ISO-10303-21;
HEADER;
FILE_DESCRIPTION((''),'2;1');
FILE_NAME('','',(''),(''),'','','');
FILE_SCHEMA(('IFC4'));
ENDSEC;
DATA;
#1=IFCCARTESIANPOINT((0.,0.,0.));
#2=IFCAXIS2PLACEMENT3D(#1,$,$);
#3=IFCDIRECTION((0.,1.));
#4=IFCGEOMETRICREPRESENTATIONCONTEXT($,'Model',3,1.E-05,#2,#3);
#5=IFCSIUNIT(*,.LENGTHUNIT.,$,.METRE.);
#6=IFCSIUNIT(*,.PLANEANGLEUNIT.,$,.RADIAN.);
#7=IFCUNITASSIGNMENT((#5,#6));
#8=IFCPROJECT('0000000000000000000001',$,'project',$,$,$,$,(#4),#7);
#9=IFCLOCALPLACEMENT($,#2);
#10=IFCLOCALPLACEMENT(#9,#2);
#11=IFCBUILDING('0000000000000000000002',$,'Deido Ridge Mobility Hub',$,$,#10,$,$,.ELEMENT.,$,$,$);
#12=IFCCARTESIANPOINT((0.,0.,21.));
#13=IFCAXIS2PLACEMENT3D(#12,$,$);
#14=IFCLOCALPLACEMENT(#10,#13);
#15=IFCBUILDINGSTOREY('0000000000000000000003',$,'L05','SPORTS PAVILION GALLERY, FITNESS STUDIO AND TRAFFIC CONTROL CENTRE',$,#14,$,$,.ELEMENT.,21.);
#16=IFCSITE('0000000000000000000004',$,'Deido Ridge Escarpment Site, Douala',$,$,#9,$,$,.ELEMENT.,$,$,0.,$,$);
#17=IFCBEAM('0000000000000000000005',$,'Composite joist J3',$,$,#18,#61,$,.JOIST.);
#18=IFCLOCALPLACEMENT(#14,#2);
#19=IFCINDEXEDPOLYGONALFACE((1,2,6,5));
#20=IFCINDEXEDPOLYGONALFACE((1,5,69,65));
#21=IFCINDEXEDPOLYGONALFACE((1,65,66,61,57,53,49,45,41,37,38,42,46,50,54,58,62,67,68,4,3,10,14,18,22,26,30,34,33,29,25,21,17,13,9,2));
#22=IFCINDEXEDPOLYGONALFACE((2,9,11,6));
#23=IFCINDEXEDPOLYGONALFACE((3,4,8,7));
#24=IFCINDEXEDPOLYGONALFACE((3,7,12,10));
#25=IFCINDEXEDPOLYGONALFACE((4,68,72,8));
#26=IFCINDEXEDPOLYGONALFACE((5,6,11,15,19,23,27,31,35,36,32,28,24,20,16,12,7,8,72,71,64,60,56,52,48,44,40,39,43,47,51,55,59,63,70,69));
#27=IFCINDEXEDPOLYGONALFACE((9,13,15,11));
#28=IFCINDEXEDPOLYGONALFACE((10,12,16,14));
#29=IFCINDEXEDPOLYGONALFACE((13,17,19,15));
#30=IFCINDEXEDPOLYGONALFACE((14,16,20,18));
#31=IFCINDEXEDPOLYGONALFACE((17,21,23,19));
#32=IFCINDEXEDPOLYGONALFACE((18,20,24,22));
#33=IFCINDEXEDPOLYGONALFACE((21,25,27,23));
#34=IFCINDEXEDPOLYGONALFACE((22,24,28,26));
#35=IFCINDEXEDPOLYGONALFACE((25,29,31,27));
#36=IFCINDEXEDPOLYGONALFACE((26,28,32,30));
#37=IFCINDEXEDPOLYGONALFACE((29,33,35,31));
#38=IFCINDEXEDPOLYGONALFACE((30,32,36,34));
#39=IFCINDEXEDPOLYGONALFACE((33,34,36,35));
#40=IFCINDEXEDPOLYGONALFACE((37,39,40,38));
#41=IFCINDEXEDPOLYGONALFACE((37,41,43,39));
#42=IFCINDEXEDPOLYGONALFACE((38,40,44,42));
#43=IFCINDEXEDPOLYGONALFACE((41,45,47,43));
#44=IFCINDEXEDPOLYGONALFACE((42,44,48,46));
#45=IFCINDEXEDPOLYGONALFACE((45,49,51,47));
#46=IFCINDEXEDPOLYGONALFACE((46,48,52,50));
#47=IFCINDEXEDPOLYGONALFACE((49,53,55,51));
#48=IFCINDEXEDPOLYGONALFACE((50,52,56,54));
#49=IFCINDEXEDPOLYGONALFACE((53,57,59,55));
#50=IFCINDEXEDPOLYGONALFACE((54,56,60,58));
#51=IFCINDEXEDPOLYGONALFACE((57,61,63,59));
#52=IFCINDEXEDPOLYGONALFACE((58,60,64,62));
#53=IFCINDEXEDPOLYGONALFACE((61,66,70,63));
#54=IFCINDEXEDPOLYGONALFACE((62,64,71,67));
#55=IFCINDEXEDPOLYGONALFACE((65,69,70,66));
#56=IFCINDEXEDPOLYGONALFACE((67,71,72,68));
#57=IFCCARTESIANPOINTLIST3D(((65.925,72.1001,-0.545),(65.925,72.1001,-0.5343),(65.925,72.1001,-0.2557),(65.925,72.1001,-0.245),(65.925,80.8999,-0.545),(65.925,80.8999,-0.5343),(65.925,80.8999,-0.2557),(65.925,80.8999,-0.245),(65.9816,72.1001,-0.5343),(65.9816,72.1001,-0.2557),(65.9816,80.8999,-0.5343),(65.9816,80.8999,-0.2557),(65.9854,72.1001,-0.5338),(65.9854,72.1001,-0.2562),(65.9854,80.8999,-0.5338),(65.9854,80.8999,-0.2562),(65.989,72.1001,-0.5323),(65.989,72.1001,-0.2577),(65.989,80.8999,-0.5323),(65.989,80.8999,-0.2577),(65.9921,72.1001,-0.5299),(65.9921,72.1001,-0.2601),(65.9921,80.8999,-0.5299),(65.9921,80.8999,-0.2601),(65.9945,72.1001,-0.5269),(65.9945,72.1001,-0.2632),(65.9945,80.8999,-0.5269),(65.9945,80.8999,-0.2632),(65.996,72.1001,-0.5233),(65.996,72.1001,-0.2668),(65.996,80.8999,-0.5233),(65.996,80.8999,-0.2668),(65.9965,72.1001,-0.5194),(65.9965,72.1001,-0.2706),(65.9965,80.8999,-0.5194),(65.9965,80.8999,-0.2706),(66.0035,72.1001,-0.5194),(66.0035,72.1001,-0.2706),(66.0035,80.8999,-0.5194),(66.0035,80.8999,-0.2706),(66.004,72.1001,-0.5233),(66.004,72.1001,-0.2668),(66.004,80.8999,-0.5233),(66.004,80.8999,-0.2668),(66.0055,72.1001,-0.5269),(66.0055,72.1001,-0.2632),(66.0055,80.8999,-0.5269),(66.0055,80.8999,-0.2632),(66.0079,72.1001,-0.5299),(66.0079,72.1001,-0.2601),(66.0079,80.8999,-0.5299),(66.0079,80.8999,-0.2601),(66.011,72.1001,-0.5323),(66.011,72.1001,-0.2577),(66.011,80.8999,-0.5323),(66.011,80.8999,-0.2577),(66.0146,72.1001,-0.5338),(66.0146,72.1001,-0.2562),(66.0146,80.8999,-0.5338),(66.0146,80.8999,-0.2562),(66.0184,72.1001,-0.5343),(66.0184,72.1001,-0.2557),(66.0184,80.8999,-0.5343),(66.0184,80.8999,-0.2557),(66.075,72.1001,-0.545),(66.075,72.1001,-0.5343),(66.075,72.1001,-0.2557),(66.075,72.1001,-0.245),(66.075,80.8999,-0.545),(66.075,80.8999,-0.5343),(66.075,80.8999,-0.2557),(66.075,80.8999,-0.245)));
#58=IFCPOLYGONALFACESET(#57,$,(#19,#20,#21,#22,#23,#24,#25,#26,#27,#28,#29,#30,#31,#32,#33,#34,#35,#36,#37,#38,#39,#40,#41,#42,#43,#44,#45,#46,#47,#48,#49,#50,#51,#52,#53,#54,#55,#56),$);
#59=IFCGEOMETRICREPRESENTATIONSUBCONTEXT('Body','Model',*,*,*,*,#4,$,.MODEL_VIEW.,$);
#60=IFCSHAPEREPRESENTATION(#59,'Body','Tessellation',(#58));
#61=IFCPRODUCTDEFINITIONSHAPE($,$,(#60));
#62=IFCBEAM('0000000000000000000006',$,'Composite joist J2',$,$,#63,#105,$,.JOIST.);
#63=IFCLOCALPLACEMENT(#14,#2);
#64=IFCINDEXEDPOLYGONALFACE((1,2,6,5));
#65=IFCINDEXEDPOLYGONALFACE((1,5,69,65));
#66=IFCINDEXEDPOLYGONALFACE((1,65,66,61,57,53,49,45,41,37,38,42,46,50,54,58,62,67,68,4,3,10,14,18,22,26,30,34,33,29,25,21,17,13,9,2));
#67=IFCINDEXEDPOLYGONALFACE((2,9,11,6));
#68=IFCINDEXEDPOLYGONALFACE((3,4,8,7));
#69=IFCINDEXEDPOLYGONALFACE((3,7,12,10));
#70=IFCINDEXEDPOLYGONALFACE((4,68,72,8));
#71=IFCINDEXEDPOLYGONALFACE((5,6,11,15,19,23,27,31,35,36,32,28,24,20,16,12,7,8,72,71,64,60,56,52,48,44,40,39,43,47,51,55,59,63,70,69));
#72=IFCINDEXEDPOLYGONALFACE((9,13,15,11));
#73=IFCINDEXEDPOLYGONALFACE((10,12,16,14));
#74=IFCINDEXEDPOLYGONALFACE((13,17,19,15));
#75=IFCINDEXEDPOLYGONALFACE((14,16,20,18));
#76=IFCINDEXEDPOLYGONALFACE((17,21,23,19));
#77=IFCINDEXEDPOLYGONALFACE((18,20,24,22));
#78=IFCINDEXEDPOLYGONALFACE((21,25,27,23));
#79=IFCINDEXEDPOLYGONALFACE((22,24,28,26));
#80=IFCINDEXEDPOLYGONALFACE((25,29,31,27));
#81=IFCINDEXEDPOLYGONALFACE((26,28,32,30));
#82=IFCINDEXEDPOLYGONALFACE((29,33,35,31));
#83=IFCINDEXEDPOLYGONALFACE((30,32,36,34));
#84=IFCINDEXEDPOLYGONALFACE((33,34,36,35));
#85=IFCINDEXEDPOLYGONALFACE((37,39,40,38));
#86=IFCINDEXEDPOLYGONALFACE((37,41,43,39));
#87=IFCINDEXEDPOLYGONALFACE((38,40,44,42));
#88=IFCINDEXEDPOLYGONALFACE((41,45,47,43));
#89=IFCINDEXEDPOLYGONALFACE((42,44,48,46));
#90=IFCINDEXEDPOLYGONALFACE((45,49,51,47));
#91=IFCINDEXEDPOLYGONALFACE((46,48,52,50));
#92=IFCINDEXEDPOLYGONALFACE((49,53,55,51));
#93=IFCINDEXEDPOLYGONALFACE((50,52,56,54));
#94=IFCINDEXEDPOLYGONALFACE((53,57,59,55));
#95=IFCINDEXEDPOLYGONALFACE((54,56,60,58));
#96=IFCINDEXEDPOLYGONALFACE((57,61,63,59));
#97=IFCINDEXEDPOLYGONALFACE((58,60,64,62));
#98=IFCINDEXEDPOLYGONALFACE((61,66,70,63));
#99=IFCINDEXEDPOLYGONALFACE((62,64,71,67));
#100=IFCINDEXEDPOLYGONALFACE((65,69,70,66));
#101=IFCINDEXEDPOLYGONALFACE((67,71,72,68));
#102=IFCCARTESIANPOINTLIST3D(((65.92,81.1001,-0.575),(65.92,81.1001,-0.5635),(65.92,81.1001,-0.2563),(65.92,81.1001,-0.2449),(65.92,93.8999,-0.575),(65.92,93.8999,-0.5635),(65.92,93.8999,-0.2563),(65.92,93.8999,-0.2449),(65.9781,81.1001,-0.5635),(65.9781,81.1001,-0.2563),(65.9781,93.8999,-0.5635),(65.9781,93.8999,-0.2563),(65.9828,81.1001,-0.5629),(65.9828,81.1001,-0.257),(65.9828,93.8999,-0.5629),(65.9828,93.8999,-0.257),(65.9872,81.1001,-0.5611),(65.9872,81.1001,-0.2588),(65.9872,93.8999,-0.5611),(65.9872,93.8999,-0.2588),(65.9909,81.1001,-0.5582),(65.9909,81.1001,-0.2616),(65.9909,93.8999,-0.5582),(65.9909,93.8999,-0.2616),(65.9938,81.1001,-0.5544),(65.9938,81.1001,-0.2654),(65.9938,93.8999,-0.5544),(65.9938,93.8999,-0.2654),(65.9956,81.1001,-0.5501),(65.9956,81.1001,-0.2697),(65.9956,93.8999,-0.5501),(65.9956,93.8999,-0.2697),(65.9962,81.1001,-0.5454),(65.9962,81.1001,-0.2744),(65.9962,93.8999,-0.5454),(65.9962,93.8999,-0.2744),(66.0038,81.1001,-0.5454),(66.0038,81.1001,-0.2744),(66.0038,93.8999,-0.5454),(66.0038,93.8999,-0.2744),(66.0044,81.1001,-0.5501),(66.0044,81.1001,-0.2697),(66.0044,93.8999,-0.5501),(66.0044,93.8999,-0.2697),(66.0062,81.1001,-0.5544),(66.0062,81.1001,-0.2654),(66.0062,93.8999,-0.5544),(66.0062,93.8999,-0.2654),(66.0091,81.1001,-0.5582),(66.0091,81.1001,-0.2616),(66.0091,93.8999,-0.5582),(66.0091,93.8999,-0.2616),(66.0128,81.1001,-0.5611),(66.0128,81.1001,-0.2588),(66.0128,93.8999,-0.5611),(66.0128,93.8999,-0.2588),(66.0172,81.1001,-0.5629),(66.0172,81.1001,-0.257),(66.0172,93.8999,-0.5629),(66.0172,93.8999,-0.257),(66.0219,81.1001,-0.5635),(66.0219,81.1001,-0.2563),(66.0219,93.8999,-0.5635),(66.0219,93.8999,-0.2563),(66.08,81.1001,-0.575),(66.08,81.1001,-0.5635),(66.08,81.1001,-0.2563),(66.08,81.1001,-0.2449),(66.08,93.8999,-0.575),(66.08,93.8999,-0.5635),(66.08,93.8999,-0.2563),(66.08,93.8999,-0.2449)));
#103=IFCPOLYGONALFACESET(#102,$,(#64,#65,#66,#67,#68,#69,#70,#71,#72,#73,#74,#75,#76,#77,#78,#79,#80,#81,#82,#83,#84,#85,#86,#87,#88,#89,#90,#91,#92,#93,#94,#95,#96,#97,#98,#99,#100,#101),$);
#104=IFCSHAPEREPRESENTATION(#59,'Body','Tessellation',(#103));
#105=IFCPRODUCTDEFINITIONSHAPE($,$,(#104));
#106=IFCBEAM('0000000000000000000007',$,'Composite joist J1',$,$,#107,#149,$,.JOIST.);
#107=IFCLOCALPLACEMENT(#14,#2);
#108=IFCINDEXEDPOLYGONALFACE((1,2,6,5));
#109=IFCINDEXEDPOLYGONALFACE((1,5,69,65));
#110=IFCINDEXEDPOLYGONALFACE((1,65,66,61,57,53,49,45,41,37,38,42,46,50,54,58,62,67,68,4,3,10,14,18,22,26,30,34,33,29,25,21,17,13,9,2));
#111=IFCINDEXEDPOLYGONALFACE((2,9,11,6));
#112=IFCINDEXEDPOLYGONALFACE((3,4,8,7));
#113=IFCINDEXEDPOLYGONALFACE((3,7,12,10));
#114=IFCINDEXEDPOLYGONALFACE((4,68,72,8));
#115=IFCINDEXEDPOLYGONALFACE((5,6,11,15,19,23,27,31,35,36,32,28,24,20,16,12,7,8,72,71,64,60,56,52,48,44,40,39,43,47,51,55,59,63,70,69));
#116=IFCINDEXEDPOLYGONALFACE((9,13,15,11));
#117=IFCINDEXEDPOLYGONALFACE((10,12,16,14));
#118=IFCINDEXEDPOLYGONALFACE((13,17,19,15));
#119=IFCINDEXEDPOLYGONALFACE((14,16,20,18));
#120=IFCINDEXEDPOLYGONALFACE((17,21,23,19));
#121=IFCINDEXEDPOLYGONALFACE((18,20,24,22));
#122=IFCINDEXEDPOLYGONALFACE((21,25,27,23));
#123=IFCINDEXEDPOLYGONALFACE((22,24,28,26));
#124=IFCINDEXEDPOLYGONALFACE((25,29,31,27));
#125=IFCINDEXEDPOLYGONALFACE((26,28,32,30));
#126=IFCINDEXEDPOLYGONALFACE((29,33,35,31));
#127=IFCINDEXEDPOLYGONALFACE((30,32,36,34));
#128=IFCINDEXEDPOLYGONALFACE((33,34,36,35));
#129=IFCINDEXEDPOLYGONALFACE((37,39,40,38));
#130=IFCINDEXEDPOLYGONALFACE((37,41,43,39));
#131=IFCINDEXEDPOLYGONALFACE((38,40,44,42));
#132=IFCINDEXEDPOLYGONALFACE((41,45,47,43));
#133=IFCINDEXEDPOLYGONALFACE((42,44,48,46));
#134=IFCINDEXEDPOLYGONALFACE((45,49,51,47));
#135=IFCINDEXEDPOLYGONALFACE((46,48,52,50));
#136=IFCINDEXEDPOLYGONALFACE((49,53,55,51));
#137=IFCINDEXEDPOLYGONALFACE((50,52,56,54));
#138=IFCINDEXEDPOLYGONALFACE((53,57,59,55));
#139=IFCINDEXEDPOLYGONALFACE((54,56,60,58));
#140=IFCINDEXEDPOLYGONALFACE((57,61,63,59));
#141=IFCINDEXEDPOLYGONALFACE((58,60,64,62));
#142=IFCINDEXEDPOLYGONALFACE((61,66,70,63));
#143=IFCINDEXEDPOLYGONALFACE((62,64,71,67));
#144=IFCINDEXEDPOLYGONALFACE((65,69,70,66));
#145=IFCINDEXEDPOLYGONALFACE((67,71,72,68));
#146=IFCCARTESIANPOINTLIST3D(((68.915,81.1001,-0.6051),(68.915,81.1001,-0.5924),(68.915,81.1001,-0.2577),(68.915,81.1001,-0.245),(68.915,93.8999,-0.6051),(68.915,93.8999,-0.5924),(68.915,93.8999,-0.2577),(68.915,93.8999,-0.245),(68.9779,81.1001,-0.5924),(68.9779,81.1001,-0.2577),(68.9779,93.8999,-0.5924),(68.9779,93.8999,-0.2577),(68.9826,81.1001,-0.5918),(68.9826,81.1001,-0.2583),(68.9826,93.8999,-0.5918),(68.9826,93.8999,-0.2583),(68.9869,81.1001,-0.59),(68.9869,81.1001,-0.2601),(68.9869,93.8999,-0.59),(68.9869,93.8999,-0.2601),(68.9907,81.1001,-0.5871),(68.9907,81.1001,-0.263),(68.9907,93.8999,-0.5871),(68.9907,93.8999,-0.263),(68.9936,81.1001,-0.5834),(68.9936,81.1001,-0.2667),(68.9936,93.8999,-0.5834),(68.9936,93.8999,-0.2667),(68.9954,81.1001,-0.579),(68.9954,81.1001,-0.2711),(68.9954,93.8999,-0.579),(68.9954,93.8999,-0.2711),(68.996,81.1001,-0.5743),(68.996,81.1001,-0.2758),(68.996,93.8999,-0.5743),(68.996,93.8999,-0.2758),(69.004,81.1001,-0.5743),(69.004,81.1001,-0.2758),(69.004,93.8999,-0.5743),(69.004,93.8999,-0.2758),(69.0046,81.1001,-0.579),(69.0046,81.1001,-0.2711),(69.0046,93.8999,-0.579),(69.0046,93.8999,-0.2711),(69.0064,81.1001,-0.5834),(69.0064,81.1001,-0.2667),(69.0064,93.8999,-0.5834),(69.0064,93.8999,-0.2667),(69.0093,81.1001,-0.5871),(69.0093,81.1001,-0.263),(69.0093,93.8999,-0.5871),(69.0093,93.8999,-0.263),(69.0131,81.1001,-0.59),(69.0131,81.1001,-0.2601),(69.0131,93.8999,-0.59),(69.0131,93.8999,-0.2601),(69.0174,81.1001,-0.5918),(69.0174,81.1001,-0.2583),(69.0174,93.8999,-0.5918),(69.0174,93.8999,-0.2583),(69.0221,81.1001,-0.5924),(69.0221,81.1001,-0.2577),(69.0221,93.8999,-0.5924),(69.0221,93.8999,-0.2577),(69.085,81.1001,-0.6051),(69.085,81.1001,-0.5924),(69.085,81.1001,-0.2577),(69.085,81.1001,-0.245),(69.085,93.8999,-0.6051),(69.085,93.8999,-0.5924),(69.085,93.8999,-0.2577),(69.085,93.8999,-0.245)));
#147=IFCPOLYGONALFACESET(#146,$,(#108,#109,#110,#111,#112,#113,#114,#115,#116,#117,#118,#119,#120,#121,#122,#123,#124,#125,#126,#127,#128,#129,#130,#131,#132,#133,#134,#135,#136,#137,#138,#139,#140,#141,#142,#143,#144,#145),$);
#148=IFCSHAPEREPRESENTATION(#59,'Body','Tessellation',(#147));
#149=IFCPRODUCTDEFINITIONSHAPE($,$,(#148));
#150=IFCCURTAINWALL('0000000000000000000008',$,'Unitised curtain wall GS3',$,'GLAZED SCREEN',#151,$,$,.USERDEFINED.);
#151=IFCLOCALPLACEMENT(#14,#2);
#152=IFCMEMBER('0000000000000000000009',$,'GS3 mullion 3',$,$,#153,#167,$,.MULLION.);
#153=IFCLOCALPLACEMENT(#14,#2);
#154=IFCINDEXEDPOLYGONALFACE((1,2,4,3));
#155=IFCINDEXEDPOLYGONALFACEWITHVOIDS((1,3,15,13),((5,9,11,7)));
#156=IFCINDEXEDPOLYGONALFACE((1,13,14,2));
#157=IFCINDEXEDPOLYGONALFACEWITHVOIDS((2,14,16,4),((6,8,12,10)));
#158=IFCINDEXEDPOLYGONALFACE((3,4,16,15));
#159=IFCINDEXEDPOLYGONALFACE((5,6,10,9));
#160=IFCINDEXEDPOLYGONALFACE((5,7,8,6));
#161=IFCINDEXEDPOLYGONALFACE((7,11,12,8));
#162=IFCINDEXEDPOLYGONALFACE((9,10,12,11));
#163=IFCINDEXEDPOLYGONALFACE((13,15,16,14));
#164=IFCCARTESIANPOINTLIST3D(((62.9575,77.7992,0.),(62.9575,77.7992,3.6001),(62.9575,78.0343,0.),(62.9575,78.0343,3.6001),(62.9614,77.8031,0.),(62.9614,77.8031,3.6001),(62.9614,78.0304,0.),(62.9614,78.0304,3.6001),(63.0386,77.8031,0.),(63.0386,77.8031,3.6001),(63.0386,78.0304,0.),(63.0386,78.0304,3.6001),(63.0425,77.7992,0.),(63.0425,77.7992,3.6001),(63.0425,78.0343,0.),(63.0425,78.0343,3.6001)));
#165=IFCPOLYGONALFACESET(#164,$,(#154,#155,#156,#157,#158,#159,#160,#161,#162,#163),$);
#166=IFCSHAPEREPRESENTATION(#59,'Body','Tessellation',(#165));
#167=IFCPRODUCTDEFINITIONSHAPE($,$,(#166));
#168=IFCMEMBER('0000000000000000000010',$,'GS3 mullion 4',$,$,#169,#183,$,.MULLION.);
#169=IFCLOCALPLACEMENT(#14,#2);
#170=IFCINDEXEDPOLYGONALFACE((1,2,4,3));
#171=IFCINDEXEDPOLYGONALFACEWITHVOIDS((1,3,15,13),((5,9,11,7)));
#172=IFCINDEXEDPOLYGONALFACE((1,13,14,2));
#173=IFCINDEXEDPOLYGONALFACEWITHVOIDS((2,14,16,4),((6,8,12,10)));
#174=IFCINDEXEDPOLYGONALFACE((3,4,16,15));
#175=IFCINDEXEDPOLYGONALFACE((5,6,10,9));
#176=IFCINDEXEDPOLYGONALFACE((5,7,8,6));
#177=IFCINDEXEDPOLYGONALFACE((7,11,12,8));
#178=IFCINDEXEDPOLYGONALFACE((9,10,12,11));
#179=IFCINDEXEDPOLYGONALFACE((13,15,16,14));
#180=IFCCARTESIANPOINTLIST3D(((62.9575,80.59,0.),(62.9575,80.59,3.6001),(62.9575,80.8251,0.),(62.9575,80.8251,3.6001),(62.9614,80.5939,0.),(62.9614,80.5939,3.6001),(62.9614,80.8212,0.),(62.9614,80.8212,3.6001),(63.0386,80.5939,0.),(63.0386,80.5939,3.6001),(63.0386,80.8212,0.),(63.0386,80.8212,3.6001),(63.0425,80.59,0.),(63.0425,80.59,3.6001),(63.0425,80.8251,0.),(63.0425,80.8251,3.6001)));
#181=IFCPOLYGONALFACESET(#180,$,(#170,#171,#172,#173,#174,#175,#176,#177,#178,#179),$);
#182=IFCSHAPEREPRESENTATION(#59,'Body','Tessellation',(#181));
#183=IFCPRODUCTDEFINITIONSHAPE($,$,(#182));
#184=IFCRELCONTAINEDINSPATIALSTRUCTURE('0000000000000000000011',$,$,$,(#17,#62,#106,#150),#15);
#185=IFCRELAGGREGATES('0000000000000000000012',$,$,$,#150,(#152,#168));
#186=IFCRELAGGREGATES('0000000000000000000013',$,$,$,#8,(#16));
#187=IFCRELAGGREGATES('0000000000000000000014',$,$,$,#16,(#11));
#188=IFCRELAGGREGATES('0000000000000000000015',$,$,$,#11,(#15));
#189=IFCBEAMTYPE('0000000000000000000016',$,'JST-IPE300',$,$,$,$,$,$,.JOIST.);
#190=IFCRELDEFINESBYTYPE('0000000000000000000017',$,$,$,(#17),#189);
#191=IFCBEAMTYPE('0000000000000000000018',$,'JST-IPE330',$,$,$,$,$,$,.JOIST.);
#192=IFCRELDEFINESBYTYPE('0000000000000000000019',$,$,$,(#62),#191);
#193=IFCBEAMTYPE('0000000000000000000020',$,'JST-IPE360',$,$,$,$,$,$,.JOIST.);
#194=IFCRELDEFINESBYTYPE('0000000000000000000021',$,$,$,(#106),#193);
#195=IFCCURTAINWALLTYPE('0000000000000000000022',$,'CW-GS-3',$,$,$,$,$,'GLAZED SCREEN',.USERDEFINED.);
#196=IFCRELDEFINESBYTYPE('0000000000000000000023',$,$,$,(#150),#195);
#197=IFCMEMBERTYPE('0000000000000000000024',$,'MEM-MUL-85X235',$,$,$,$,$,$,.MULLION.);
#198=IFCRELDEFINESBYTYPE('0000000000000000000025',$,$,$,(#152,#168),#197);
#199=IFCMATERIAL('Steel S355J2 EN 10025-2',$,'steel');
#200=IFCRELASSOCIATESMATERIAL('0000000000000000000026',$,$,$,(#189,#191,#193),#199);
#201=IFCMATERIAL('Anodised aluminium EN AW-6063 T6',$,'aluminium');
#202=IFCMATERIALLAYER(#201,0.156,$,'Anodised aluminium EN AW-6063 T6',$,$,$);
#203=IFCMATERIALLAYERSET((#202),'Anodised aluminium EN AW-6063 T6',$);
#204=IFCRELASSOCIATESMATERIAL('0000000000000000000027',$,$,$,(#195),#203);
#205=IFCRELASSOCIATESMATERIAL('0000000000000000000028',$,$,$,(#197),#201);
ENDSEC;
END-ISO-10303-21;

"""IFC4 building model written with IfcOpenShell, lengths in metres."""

from ifc_helpers import new_model, si_unit, direction, frame, origin, origin_2d, place, context, subcontext, project, spatial, hollow_rectangle, i_section, extrude, material, layer, layer_set, material_profile, profile_set, type_object, element, aggregate, save


model = new_model("IFC4")

# Units and contexts
model_context = context("Model", 3, precision=1e-05, world=origin(), true_north=direction((0.0, 1.0)))
body_context = subcontext(model_context, "Body", "Model", "MODEL_VIEW")
ifc_project = project(units=[si_unit("LENGTHUNIT", "METRE"), si_unit("PLANEANGLEUNIT", "RADIAN")], contexts=[model_context])

# Site, building, storey
site_placement = place(None, origin())
site = spatial("IfcSite", under=ifc_project, at=site_placement, Name="Deido Ridge Escarpment Site, Douala", CompositionType="ELEMENT", RefElevation=0.0)
building_placement = place(site_placement, origin())
building = spatial("IfcBuilding", under=site, at=building_placement, Name="Deido Ridge Mobility Hub", CompositionType="ELEMENT")
storey_placement = place(building_placement, frame((0.0, 0.0, 21.0)))
storey = spatial("IfcBuildingStorey", under=building, at=storey_placement, Name="L05", Description="SPORTS PAVILION GALLERY, FITNESS STUDIO AND TRAFFIC CONTROL CENTRE", CompositionType="ELEMENT", Elevation=21.0)

# Shared definitions
ifc_material_1 = material(Name="Steel S355J2 EN 10025-2", Category="steel")

# Beams
ifc_material_profile_1 = material_profile(ifc_material_1, i_section(OverallWidth=0.1499, OverallDepth=0.3, WebThickness=0.0071, FlangeThickness=0.0107, FilletRadius=0.0149, at=origin_2d()), Name="IPE 300")
ifc_profile_set_1 = profile_set([ifc_material_profile_1], Name="Steel S355J2 EN 10025-2")
beam_type_1 = type_object("IfcBeamType", Name="JST-IPE300", PredefinedType="JOIST", material=ifc_profile_set_1)
beam_1_placement = place(storey_placement, frame((66.0, 72.1001, -0.395), z_axis=(0.0, 1.0, 0.0), x_axis=(-1.0, 0.0, 0.0)))
element("IfcBeam", 1, at=beam_1_placement, inside=storey, type_object=beam_type_1, Name="Composite joist J3", PredefinedType="JOIST", context=body_context, shape_type="SweptSolid", body=[
    extrude(i_section(OverallWidth=0.1499, OverallDepth=0.3, WebThickness=0.0071, FlangeThickness=0.0107, FilletRadius=0.0149, at=origin_2d()), origin(), (0.0, 0.0, 1.0), 8.7998),
])
ifc_material_profile_2 = material_profile(ifc_material_1, i_section(OverallWidth=0.1599, OverallDepth=0.3301, WebThickness=0.0076, FlangeThickness=0.0115, FilletRadius=0.0181, at=origin_2d()), Name="IPE 330")
ifc_profile_set_2 = profile_set([ifc_material_profile_2], Name="Steel S355J2 EN 10025-2")
beam_type_2 = type_object("IfcBeamType", Name="JST-IPE330", PredefinedType="JOIST", material=ifc_profile_set_2)
beam_2_placement = place(storey_placement, frame((66.0, 81.1001, -0.4099), z_axis=(0.0, 1.0, 0.0), x_axis=(-1.0, 0.0, 0.0)))
element("IfcBeam", 2, at=beam_2_placement, inside=storey, type_object=beam_type_2, Name="Composite joist J2", PredefinedType="JOIST", context=body_context, shape_type="SweptSolid", body=[
    extrude(i_section(OverallWidth=0.1599, OverallDepth=0.3301, WebThickness=0.0076, FlangeThickness=0.0115, FilletRadius=0.0181, at=origin_2d()), origin(), (0.0, 0.0, 1.0), 12.7998),
])
ifc_material_profile_3 = material_profile(ifc_material_1, i_section(OverallWidth=0.1699, OverallDepth=0.3601, WebThickness=0.0081, FlangeThickness=0.0127, FilletRadius=0.0181, at=origin_2d()), Name="IPE 360")
ifc_profile_set_3 = profile_set([ifc_material_profile_3], Name="Steel S355J2 EN 10025-2")
beam_type_3 = type_object("IfcBeamType", Name="JST-IPE360", PredefinedType="JOIST", material=ifc_profile_set_3)
beam_3_placement = place(storey_placement, frame((69.0, 81.1001, -0.425), z_axis=(0.0, 1.0, 0.0), x_axis=(-1.0, 0.0, 0.0)))
element("IfcBeam", 3, at=beam_3_placement, inside=storey, type_object=beam_type_3, Name="Composite joist J1", PredefinedType="JOIST", context=body_context, shape_type="SweptSolid", body=[
    extrude(i_section(OverallWidth=0.1699, OverallDepth=0.3601, WebThickness=0.0081, FlangeThickness=0.0127, FilletRadius=0.0181, at=origin_2d()), origin(), (0.0, 0.0, 1.0), 12.7998),
])

# Curtain wall, members
ifc_material_2 = material(Name="Anodised aluminium EN AW-6063 T6", Category="aluminium")
ifc_layer_1 = layer(ifc_material_2, 0.156, Name="Anodised aluminium EN AW-6063 T6")
ifc_layer_set_1 = layer_set([ifc_layer_1], Name="Anodised aluminium EN AW-6063 T6")
curtain_wall_type = type_object("IfcCurtainWallType", Name="CW-GS-3", ElementType="GLAZED SCREEN", PredefinedType="USERDEFINED", material=ifc_layer_set_1)
curtain_wall_placement = place(storey_placement, origin())
curtain_wall = element("IfcCurtainWall", 4, at=curtain_wall_placement, inside=storey, type_object=curtain_wall_type, Name="Unitised curtain wall GS3", ObjectType="GLAZED SCREEN", PredefinedType="USERDEFINED")
ifc_material_profile_4 = material_profile(ifc_material_2, hollow_rectangle(XDim=0.085, YDim=0.2351, WallThickness=0.0039, at=origin_2d()), Name="RHS 85x235x4")
ifc_profile_set_4 = profile_set([ifc_material_profile_4], Name="Anodised aluminium EN AW-6063 T6")
member_type_1 = type_object("IfcMemberType", Name="MEM-MUL-85X235", PredefinedType="MULLION", material=ifc_profile_set_4)
member_1_placement = place(storey_placement, frame((63.0, 77.9167, 0.0), z_axis=(0.0, 0.0, 1.0), x_axis=(-1.0, 0.0, 0.0)))
member_1 = element("IfcMember", 5, at=member_1_placement, type_object=member_type_1, Name="GS3 mullion 3", PredefinedType="MULLION", context=body_context, shape_type="SweptSolid", body=[
    extrude(hollow_rectangle(XDim=0.085, YDim=0.2351, WallThickness=0.0039, at=origin_2d()), origin(), (0.0, 0.0, 1.0), 3.6001),
])
member_2_placement = place(storey_placement, frame((63.0, 80.7075, 0.0), z_axis=(0.0, 0.0, 1.0), x_axis=(-1.0, 0.0, 0.0)))
member_2 = element("IfcMember", 6, at=member_2_placement, type_object=member_type_1, Name="GS3 mullion 4", PredefinedType="MULLION", context=body_context, shape_type="SweptSolid", body=[
    extrude(hollow_rectangle(XDim=0.085, YDim=0.2351, WallThickness=0.0039, at=origin_2d()), origin(), (0.0, 0.0, 1.0), 3.6001),
])
aggregate(curtain_wall, [member_1, member_2])

save(model, "model.ifc")
